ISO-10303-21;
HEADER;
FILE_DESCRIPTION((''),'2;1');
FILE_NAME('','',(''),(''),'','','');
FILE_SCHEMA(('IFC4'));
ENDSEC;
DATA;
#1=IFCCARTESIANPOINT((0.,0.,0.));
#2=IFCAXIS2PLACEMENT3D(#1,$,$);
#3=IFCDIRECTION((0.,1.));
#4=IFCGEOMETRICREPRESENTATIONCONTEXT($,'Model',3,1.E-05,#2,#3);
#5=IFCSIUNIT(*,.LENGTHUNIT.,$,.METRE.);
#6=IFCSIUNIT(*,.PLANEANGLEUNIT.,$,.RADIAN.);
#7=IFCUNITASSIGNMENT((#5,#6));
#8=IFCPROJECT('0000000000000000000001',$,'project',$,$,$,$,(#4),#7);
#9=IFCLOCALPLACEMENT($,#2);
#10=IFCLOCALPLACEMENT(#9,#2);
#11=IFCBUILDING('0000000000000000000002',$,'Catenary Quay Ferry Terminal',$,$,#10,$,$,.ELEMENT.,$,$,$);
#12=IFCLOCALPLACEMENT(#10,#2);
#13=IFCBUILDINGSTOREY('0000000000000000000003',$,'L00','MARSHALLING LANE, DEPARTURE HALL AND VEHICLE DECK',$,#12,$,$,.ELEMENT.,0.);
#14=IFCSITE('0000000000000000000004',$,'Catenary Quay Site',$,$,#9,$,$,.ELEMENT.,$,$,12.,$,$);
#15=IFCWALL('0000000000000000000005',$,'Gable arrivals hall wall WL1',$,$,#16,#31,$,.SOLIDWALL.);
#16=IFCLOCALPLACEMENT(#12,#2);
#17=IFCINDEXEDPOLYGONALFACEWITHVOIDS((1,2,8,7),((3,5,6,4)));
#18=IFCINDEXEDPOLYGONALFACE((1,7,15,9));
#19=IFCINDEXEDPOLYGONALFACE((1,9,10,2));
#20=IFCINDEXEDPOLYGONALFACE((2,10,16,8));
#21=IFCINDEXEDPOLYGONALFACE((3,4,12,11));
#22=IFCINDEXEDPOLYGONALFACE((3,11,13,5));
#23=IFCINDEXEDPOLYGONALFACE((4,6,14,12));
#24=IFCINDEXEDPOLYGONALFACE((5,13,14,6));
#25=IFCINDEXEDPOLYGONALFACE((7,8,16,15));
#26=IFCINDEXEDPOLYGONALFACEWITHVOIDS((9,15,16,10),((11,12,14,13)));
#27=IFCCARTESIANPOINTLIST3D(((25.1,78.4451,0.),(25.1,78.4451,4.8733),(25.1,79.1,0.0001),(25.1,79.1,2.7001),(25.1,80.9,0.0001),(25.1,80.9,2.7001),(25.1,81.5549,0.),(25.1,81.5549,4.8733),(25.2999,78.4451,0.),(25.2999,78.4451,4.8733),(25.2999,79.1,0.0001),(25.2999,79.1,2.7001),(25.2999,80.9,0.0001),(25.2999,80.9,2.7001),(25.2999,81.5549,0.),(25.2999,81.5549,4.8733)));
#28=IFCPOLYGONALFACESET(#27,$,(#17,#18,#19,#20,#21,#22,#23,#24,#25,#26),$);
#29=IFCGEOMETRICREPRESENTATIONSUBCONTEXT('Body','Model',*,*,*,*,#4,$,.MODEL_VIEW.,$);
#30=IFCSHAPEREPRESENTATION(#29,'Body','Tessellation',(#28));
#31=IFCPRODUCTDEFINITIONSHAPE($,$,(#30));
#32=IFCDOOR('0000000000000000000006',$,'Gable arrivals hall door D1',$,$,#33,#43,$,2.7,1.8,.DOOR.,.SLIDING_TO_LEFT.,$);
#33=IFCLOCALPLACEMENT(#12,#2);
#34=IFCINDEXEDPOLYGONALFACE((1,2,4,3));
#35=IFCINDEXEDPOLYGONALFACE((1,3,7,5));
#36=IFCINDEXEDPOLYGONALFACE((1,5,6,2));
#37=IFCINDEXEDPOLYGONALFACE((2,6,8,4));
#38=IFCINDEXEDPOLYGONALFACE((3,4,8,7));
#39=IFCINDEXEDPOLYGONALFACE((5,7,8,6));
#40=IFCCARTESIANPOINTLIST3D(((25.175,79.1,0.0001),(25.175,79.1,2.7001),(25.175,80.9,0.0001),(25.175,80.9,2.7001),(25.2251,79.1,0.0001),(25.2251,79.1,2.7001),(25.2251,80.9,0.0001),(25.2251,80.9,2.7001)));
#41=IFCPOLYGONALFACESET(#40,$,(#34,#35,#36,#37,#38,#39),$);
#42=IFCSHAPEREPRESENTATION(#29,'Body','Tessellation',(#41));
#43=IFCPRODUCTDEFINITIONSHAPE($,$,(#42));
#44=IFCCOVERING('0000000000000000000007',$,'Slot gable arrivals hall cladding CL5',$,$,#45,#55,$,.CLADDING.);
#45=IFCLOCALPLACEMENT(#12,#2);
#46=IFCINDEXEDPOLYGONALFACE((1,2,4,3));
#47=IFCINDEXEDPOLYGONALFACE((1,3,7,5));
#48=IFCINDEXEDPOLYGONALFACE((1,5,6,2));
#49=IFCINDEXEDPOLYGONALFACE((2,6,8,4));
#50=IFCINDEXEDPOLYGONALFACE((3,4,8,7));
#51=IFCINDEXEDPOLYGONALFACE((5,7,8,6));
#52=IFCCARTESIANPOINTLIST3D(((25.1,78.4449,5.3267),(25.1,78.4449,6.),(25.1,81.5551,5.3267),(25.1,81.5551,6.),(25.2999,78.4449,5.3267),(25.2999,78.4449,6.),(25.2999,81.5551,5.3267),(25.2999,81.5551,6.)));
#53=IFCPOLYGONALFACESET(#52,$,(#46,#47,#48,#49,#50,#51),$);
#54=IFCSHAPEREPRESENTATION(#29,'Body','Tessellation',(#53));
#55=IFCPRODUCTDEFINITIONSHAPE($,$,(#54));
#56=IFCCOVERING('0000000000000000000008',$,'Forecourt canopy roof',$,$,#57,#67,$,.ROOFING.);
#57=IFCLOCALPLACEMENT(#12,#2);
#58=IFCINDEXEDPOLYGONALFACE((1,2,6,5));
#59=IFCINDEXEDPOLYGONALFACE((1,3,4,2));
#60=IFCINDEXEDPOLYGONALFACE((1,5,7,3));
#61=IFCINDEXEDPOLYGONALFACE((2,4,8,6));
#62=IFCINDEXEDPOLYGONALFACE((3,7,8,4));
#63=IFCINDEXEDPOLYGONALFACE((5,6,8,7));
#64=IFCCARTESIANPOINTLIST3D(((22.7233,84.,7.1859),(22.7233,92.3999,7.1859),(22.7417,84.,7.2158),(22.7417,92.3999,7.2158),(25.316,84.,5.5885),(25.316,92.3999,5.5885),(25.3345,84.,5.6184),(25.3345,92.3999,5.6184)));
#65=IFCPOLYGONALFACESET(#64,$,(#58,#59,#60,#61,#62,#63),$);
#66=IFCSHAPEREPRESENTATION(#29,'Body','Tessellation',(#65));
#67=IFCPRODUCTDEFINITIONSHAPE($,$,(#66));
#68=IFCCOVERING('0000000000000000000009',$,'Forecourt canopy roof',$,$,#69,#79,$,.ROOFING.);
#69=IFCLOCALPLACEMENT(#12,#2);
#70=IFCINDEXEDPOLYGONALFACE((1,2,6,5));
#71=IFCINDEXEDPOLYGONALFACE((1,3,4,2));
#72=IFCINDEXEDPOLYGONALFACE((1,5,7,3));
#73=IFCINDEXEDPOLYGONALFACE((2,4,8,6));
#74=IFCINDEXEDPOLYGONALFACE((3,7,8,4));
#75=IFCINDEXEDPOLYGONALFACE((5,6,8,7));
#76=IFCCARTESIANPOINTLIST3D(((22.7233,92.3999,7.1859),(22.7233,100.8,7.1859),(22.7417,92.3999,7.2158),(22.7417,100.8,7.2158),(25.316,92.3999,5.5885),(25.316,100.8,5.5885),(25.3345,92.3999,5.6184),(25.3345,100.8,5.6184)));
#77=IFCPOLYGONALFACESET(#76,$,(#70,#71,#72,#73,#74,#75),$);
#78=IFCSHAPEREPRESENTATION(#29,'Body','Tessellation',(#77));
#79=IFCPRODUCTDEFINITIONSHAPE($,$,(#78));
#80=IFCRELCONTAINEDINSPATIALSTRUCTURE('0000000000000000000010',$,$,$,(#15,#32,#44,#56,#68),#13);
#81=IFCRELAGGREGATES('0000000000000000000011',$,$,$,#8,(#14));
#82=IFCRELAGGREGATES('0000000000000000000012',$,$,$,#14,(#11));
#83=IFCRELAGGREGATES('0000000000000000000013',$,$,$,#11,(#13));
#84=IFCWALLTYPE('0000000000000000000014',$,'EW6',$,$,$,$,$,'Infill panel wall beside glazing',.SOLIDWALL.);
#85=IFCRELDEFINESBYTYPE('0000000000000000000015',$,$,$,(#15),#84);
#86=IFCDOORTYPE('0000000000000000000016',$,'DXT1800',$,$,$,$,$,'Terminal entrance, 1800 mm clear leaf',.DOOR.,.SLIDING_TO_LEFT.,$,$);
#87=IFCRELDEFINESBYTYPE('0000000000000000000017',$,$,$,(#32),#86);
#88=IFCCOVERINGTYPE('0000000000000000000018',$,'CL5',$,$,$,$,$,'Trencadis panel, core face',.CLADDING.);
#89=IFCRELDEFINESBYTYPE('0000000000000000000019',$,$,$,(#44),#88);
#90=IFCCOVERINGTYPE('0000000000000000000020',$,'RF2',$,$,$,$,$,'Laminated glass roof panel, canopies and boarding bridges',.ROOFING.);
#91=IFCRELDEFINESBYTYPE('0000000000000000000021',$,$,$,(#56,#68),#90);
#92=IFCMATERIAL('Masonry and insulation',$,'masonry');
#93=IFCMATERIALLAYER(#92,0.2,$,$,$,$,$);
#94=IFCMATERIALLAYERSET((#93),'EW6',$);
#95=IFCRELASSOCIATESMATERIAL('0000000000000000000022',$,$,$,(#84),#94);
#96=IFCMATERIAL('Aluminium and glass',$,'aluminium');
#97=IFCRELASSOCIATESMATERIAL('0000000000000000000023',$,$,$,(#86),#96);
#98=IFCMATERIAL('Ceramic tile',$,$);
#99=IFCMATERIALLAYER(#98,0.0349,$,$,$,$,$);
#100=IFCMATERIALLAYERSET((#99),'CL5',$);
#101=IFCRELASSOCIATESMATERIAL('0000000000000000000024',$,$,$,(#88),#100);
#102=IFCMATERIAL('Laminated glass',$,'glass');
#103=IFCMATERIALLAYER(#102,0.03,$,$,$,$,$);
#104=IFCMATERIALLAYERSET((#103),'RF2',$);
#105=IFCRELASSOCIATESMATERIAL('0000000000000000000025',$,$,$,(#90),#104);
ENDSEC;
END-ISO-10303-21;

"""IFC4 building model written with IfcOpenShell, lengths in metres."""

from ifc_helpers import new_model, si_unit, direction, frame, frame_2d, origin, origin_2d, place, context, subcontext, project, spatial, polyline, rectangle, outline, extrude, material, layer, layer_set, type_object, element, fill, save


model = new_model("IFC4")

# Units and contexts
model_context = context("Model", 3, precision=1e-05, world=origin(), true_north=direction((0.0, 1.0)))
body_context = subcontext(model_context, "Body", "Model", "MODEL_VIEW")
ifc_project = project(units=[si_unit("LENGTHUNIT", "METRE"), si_unit("PLANEANGLEUNIT", "RADIAN")], contexts=[model_context])

# Site, building, storey
site_placement = place(None, origin())
site = spatial("IfcSite", under=ifc_project, at=site_placement, Name="Catenary Quay Site", CompositionType="ELEMENT", RefElevation=12.0)
building_placement = place(site_placement, origin())
building = spatial("IfcBuilding", under=site, at=building_placement, Name="Catenary Quay Ferry Terminal", CompositionType="ELEMENT")
storey_placement = place(building_placement, origin())
storey = spatial("IfcBuildingStorey", under=building, at=storey_placement, Name="L00", Description="MARSHALLING LANE, DEPARTURE HALL AND VEHICLE DECK", CompositionType="ELEMENT", Elevation=0.0)

# Wall, opening, door
ifc_material_1 = material(Name="Masonry and insulation", Category="masonry")
ifc_layer_1 = layer(ifc_material_1, 0.2)
ifc_layer_set_1 = layer_set([ifc_layer_1], Name="EW6")
wall_type = type_object("IfcWallType", Name="EW6", ElementType="Infill panel wall beside glazing", PredefinedType="SOLIDWALL", material=ifc_layer_set_1)
wall_placement = place(storey_placement, frame((25.2, 78.4451, 0.0), z_axis=(0.0, 0.0, 1.0), x_axis=(0.0, 1.0, 0.0)))
wall = element("IfcWall", 1, at=wall_placement, inside=storey, type_object=wall_type, Name="Gable arrivals hall wall WL1", PredefinedType="SOLIDWALL", context=body_context, shape_type="SweptSolid", body=[
    extrude(rectangle(XDim=3.1099, YDim=0.2, at=frame_2d((1.5549, 0.0))), origin(), (0.0, 0.0, 1.0), 4.8733),
])
opening_placement = place(wall_placement, frame((0.655, 0.0, 0.0)))
opening = element("IfcOpeningElement", 2, at=opening_placement, cuts=wall, PredefinedType="OPENING", context=body_context, shape_type="SweptSolid", body=[
    extrude(rectangle(XDim=1.8, YDim=2.7, at=frame_2d((0.8999, 1.3501))), frame((0.0, 0.1099, 0.0), z_axis=(0.0, -1.0, 0.0), x_axis=(1.0, 0.0, 0.0)), (0.0, 0.0, 1.0), 0.22),
])
ifc_material_2 = material(Name="Aluminium and glass", Category="aluminium")
door_type = type_object("IfcDoorType", Name="DXT1800", ElementType="Terminal entrance, 1800 mm clear leaf", OperationType="SLIDING_TO_LEFT", PredefinedType="DOOR", material=ifc_material_2)
door_placement = place(opening_placement, origin())
door = element("IfcDoor", 3, at=door_placement, inside=storey, type_object=door_type, Name="Gable arrivals hall door D1", OperationType="SLIDING_TO_LEFT", OverallHeight=2.7, OverallWidth=1.8, PredefinedType="DOOR", context=body_context, shape_type="SweptSolid", body=[
    extrude(rectangle(XDim=1.8, YDim=2.7, at=frame_2d((0.8999, 1.3501))), frame((0.0, 0.0249, 0.0), z_axis=(0.0, -1.0, 0.0), x_axis=(1.0, 0.0, 0.0)), (0.0, 0.0, 1.0), 0.05),
])
fill(opening, door)

# Coverings
ifc_material_3 = material(Name="Ceramic tile")
ifc_layer_2 = layer(ifc_material_3, 0.0349)
ifc_layer_set_2 = layer_set([ifc_layer_2], Name="CL5")
covering_type_1 = type_object("IfcCoveringType", Name="CL5", ElementType="Trencadis panel, core face", PredefinedType="CLADDING", material=ifc_layer_set_2)
covering_1_placement = place(storey_placement, frame((25.2, 80.0, 5.3267), z_axis=(0.0, 0.0, 1.0), x_axis=(1.0, 0.0, 0.0)))
element("IfcCovering", 4, at=covering_1_placement, inside=storey, type_object=covering_type_1, Name="Slot gable arrivals hall cladding CL5", PredefinedType="CLADDING", context=body_context, shape_type="SweptSolid", body=[
    extrude(rectangle(XDim=0.2, YDim=3.1101, at=origin_2d()), origin(), (0.0, 0.0, 1.0), 0.6733),
])
ifc_material_4 = material(Name="Laminated glass", Category="glass")
ifc_layer_3 = layer(ifc_material_4, 0.03)
ifc_layer_set_3 = layer_set([ifc_layer_3], Name="RF2")
covering_type_2 = type_object("IfcCoveringType", Name="RF2", ElementType="Laminated glass roof panel, canopies and boarding bridges", PredefinedType="ROOFING", material=ifc_layer_set_3)
covering_2_placement = place(storey_placement, frame((22.7417, 84.0, 7.2158), z_axis=(0.52454, 0.0, 0.851386), x_axis=(0.0, 1.0, 0.0)))
element("IfcCovering", 5, at=covering_2_placement, inside=storey, type_object=covering_type_2, Name="Forecourt canopy roof", PredefinedType="ROOFING", context=body_context, shape_type="SweptSolid", body=[
    extrude(outline(polyline([(0.0, 0.0), (8.3999, 0.0), (8.3999, -3.0454), (0.0, -3.0454), (0.0, 0.0)])), origin(), (0.0, 0.0, -1.0), 0.0352),
])
covering_3_placement = place(storey_placement, frame((22.7417, 92.3999, 7.2158), z_axis=(0.52454, 0.0, 0.851386), x_axis=(0.0, 1.0, 0.0)))
element("IfcCovering", 6, at=covering_3_placement, inside=storey, type_object=covering_type_2, Name="Forecourt canopy roof", PredefinedType="ROOFING", context=body_context, shape_type="SweptSolid", body=[
    extrude(outline(polyline([(0.0, 0.0), (8.4001, 0.0), (8.4001, -3.0454), (0.0, -3.0454), (0.0, 0.0)])), origin(), (0.0, 0.0, -1.0), 0.0352),
])

save(model, "model.ifc")
